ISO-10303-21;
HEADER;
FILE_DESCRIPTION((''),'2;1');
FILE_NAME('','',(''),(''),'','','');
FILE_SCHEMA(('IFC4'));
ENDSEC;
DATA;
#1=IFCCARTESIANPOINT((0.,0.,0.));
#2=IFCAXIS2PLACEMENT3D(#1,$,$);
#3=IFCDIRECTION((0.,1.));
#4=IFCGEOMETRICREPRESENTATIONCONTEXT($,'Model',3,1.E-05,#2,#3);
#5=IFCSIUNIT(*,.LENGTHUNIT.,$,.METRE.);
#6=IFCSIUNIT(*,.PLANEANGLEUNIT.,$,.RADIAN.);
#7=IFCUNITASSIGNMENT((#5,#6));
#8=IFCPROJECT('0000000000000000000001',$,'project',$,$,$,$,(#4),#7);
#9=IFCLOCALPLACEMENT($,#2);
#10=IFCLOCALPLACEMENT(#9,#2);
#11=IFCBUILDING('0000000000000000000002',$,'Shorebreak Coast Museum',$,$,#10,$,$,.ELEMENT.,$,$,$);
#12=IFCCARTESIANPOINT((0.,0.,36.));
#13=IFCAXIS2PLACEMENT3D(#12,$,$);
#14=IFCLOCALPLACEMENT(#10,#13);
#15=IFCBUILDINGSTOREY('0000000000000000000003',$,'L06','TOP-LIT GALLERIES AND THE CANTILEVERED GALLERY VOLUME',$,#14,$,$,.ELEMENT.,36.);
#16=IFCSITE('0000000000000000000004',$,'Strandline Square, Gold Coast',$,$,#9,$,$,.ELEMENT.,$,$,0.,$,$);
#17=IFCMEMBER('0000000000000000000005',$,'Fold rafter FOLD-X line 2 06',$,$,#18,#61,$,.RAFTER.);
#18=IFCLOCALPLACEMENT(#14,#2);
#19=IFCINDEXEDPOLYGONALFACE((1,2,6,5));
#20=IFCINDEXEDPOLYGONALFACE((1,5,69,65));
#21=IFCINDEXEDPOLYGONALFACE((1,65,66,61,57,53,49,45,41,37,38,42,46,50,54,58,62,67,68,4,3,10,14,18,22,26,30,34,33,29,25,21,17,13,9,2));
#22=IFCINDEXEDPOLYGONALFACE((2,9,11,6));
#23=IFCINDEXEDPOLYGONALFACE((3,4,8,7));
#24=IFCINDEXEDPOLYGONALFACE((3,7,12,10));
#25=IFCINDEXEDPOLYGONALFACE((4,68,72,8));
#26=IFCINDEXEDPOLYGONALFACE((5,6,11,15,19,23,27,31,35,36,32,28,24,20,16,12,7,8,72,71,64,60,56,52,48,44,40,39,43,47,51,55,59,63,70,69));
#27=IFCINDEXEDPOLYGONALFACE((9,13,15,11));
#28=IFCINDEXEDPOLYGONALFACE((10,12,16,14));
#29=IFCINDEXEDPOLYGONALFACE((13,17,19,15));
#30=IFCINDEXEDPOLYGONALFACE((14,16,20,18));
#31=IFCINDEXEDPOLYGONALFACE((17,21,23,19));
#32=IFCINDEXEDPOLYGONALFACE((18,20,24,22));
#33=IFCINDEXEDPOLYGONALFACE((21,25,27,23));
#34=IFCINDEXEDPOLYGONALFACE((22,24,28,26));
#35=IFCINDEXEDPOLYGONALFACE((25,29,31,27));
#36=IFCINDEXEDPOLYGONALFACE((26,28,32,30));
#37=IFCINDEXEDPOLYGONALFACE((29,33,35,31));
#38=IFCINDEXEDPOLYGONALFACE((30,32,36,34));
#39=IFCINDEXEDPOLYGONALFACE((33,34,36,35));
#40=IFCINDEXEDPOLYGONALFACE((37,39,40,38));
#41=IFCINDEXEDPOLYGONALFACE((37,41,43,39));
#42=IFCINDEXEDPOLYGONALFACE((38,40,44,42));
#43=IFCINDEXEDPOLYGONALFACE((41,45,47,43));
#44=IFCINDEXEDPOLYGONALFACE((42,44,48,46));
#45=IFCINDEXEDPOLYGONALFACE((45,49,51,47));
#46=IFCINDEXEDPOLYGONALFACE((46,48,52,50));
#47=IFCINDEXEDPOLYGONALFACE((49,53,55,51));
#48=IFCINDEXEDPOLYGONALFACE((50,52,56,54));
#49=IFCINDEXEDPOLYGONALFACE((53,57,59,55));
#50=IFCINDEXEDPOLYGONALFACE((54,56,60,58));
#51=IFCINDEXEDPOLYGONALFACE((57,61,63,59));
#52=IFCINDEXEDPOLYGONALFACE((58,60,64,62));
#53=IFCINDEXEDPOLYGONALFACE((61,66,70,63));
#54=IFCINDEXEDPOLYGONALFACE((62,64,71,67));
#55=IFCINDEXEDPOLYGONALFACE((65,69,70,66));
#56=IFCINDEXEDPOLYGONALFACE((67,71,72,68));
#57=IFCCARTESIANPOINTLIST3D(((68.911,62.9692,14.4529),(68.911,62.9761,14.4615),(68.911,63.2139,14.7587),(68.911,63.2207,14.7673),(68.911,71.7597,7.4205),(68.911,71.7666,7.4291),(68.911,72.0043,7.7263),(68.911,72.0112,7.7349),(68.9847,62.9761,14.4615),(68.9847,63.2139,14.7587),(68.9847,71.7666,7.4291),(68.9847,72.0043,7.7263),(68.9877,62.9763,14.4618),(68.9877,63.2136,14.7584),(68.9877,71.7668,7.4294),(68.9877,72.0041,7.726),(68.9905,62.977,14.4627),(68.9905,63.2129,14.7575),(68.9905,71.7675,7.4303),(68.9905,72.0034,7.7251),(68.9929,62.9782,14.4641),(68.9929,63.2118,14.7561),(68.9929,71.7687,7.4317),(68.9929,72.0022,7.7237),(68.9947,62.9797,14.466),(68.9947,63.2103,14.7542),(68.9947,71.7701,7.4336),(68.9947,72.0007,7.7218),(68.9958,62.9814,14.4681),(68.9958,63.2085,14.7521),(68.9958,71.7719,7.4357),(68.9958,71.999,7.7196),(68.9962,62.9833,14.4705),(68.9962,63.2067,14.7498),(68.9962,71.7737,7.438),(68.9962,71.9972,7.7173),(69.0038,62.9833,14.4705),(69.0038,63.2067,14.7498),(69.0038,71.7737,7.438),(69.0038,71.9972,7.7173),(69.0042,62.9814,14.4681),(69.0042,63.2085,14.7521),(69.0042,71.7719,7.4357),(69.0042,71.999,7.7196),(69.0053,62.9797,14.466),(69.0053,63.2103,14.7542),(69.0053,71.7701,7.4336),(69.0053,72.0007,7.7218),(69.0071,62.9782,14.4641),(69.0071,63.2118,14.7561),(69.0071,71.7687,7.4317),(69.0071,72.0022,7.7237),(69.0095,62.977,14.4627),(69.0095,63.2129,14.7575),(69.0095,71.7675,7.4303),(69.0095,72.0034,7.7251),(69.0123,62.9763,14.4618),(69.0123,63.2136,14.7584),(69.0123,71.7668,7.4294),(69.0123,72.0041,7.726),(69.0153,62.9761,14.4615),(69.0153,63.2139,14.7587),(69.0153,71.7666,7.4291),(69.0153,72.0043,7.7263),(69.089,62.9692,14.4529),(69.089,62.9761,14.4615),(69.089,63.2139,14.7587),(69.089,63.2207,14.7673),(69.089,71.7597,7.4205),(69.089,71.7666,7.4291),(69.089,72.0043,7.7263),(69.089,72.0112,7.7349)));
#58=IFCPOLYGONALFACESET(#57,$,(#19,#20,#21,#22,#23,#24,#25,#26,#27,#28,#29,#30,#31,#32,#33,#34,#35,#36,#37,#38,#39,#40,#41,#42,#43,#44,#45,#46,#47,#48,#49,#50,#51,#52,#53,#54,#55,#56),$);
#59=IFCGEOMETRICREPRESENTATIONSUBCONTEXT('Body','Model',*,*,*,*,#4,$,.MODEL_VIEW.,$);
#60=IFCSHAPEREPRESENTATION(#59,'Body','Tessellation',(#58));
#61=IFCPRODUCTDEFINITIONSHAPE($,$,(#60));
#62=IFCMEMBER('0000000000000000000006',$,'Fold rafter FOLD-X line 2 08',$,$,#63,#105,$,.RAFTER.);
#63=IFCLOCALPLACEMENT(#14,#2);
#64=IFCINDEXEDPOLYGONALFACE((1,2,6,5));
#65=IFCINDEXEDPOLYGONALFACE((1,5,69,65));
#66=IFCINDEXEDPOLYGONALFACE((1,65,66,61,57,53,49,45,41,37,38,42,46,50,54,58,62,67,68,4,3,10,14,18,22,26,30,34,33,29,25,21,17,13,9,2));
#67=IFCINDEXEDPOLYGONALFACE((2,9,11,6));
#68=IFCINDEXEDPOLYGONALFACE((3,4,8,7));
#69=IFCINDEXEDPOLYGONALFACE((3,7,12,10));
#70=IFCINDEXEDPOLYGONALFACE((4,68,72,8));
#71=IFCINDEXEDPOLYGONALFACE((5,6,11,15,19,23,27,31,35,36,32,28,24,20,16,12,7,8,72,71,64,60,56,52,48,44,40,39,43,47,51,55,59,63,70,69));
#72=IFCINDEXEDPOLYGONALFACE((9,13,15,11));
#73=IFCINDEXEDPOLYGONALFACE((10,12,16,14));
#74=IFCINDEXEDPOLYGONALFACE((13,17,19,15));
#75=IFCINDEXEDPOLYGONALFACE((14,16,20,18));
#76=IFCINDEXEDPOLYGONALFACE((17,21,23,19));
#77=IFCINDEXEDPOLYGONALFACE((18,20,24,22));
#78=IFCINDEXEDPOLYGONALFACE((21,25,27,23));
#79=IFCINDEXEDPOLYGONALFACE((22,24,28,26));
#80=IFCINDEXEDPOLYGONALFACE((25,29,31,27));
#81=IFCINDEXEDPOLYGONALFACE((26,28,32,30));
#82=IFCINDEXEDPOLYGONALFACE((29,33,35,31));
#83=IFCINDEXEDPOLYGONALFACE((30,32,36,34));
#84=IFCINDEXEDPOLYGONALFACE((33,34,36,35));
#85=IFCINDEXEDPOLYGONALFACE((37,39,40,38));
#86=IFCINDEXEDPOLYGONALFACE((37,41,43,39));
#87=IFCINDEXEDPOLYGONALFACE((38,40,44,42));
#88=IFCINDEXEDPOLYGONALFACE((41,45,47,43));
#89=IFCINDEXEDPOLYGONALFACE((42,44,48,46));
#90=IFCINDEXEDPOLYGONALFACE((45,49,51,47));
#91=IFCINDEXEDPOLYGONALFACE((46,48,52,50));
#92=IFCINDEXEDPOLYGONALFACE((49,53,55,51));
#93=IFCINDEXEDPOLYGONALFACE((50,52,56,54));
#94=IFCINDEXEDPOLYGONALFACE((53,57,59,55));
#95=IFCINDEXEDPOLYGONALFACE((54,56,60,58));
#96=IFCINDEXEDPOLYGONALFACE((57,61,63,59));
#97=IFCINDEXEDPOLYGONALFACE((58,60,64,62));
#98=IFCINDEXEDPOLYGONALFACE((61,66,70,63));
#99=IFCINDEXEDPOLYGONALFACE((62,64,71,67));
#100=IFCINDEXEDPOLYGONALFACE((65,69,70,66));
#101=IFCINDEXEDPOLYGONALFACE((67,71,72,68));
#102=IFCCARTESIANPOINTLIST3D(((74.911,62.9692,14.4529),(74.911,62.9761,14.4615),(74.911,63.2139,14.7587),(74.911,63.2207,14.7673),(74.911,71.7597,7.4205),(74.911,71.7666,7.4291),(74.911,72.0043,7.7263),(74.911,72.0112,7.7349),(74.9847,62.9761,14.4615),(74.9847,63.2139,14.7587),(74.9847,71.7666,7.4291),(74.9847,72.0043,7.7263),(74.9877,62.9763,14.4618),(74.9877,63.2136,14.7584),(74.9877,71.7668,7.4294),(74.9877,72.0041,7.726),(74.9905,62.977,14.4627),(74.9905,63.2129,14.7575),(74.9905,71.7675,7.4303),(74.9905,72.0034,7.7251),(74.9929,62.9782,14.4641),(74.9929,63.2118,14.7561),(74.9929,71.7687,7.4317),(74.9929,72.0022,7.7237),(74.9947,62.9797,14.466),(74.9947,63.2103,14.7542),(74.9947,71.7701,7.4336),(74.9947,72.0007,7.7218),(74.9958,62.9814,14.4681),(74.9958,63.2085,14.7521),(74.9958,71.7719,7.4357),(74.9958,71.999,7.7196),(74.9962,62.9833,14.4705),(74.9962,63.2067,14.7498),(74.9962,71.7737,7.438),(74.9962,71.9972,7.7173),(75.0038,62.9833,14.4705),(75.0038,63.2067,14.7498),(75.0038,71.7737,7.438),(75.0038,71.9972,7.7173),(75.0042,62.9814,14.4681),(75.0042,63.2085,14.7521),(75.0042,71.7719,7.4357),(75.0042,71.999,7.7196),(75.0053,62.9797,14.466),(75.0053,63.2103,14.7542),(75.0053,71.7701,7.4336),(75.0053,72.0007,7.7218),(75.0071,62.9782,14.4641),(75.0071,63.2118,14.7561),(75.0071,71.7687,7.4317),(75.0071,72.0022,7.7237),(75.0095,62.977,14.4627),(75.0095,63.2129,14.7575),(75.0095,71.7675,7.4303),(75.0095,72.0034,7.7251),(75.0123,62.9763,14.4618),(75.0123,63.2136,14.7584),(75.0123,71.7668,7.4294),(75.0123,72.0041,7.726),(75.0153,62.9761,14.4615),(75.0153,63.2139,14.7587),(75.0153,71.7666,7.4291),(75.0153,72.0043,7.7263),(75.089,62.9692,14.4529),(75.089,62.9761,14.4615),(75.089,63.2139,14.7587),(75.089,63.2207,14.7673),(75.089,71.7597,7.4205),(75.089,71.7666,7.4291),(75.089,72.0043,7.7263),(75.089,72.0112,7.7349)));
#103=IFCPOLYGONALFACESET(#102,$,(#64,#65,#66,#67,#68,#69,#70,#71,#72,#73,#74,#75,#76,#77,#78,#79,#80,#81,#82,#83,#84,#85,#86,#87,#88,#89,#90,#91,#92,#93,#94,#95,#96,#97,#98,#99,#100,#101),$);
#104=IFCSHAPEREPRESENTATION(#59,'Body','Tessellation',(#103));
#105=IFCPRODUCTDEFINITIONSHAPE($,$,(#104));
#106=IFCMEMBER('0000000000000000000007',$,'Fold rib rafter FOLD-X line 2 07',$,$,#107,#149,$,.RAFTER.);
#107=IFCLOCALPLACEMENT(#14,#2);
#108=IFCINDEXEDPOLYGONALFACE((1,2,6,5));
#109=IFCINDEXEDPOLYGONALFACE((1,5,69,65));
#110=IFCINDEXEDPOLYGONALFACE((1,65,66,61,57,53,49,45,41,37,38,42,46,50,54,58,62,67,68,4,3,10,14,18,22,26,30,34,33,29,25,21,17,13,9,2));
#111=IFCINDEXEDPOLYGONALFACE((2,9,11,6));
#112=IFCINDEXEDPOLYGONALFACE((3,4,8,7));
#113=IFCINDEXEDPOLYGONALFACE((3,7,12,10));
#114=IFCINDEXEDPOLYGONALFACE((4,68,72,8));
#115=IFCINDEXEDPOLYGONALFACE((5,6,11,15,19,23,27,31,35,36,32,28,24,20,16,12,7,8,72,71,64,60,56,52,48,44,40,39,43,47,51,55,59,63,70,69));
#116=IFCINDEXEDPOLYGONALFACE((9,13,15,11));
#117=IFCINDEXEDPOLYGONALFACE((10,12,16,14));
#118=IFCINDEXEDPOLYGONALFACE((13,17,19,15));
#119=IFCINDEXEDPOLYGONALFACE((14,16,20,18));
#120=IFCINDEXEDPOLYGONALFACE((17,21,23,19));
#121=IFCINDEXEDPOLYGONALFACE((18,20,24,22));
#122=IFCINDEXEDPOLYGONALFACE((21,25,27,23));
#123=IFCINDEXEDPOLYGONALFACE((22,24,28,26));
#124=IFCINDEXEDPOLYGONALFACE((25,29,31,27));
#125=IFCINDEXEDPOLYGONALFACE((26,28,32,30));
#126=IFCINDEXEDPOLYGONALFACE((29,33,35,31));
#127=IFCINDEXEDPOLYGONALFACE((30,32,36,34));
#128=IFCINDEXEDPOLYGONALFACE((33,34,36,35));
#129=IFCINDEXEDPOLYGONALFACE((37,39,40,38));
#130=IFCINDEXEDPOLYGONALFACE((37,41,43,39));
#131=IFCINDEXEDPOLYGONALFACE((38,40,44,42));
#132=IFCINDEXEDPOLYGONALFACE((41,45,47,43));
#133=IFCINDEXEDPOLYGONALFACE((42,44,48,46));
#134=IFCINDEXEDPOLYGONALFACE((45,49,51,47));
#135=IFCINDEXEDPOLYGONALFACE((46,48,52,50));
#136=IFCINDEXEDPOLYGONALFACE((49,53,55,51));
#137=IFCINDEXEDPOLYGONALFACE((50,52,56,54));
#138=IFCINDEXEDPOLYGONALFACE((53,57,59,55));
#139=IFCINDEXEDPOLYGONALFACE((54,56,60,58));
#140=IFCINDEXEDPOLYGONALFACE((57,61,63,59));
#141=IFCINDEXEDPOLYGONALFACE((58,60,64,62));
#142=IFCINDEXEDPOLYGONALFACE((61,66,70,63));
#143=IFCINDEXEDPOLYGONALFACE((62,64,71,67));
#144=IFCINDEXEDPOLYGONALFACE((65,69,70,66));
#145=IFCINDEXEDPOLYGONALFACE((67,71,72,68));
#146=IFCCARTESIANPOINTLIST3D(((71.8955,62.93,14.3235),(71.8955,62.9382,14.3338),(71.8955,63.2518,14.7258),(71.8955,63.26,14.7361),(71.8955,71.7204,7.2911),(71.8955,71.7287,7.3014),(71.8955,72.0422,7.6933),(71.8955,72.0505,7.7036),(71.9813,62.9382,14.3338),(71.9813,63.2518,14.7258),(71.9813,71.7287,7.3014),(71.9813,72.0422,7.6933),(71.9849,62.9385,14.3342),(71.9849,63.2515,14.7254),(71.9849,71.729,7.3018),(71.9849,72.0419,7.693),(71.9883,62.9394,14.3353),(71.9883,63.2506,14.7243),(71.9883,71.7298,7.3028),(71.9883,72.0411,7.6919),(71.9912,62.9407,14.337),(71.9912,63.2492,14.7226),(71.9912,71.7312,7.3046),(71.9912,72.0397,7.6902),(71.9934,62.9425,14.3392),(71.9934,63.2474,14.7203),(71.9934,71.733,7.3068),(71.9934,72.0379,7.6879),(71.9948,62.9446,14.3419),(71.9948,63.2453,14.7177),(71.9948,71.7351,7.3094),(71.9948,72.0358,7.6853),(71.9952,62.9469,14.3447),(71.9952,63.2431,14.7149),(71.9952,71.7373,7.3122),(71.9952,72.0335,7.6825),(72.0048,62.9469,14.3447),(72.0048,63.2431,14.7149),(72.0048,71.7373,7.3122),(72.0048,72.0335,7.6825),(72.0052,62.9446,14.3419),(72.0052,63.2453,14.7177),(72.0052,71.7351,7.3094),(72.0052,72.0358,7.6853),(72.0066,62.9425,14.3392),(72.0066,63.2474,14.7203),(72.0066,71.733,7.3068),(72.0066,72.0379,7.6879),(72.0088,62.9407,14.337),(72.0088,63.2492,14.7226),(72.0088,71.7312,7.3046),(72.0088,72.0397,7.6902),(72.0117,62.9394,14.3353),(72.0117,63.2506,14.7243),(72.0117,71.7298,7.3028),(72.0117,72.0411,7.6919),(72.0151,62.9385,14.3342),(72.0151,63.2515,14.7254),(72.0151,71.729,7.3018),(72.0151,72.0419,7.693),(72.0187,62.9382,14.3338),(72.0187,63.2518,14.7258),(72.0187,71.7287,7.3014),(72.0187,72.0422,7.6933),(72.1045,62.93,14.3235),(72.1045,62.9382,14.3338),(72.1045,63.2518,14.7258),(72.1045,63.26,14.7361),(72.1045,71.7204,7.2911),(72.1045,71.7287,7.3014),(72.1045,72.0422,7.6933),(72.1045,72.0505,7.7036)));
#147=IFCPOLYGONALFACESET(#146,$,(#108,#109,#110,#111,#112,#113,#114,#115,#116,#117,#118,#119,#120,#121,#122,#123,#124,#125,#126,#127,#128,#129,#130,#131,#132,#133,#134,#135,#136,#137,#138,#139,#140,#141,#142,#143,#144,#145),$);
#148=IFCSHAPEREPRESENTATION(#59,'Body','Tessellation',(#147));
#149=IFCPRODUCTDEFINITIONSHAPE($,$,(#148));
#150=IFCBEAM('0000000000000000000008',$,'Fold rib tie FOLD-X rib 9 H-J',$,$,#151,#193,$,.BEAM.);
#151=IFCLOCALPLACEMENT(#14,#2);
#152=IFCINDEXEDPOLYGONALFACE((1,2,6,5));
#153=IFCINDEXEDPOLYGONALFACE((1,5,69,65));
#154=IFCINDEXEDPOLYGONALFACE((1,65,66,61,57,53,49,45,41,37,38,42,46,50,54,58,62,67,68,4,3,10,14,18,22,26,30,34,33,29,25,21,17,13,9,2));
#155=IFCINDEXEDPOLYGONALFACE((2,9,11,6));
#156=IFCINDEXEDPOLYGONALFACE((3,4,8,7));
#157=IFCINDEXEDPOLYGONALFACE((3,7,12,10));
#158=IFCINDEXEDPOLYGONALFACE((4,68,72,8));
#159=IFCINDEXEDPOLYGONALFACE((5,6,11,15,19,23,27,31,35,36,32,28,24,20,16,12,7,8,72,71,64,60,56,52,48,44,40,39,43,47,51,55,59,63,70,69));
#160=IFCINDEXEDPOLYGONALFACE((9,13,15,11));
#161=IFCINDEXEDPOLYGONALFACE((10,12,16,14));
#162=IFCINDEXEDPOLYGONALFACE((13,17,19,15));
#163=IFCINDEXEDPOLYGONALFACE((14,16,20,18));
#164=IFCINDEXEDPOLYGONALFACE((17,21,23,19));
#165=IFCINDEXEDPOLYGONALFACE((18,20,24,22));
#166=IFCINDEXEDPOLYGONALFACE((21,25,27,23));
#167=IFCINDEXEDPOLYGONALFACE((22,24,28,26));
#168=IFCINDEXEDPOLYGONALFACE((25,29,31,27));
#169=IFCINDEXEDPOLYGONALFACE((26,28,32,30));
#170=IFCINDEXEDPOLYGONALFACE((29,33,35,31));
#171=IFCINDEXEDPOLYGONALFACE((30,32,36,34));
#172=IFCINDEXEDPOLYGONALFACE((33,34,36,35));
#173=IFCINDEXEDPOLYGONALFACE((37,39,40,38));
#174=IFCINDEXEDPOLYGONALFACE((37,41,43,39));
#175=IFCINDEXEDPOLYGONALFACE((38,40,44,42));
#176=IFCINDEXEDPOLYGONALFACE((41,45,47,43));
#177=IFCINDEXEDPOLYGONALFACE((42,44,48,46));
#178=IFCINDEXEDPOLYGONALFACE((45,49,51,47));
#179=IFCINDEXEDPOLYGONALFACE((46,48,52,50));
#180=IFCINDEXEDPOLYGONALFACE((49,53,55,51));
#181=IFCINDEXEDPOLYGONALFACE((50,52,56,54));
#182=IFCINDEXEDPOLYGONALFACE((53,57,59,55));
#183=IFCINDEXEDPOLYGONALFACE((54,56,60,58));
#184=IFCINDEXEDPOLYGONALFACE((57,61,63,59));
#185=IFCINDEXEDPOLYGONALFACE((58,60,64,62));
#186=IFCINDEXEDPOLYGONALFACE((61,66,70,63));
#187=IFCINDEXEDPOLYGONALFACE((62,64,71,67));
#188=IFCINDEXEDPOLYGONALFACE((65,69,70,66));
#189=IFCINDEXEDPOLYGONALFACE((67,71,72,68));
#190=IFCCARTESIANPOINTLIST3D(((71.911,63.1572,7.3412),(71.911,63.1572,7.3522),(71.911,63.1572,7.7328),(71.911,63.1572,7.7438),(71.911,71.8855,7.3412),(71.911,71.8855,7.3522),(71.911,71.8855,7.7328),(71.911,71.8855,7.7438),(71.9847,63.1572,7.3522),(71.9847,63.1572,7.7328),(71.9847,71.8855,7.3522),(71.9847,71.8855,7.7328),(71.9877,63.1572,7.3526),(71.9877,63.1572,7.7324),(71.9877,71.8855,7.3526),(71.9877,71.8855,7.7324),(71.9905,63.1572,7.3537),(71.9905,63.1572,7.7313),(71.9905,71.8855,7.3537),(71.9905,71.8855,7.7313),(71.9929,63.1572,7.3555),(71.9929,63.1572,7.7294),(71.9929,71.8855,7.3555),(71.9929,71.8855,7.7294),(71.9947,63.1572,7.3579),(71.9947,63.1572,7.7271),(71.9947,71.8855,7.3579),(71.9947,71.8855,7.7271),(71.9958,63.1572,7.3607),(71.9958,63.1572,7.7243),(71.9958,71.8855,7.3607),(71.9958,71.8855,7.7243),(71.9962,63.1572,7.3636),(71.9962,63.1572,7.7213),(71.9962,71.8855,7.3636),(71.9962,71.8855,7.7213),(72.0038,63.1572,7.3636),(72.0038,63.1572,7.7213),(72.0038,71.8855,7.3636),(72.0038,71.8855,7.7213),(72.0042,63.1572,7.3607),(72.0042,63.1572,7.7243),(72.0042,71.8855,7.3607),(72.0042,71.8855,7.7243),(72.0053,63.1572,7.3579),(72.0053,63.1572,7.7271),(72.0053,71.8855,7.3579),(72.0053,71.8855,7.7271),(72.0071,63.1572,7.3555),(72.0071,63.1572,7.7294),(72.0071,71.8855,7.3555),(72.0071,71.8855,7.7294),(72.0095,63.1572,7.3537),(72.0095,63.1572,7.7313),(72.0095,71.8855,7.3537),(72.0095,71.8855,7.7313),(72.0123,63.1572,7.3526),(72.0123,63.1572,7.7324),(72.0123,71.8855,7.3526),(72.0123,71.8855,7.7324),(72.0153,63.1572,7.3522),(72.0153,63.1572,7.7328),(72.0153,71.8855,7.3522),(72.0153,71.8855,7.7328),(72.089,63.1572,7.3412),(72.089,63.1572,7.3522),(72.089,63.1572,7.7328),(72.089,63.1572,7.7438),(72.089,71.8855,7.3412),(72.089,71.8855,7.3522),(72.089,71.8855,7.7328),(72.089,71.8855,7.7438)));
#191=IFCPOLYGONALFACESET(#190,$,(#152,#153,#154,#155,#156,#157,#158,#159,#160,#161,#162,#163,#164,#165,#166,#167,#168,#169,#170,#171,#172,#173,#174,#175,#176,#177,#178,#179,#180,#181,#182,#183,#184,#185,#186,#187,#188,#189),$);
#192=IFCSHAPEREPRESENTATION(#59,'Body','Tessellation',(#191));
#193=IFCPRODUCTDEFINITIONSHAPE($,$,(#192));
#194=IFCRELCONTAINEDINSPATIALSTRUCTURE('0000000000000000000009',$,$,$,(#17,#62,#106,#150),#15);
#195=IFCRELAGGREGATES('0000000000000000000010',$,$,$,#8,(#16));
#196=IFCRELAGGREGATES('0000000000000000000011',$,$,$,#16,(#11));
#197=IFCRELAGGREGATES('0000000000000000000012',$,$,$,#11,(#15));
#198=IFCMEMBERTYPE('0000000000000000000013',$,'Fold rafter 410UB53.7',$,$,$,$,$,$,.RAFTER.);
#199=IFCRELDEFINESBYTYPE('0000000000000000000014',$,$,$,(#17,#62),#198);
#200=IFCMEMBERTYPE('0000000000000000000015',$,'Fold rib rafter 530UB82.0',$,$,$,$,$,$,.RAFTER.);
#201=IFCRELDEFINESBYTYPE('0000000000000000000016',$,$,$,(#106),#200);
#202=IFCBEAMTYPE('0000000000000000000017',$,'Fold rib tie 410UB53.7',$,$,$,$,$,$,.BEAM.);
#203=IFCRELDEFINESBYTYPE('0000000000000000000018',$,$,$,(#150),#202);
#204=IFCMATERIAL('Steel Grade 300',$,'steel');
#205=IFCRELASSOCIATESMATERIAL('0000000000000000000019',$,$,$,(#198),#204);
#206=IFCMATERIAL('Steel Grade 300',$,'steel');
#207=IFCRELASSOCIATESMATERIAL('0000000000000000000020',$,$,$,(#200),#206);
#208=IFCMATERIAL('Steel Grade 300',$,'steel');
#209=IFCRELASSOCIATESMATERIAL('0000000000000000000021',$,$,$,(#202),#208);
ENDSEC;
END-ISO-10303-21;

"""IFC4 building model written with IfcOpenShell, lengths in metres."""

from ifc_helpers import new_model, si_unit, direction, frame, origin, origin_2d, place, context, subcontext, project, spatial, i_section, extrude, material, material_profile, profile_set, type_object, element, save


model = new_model("IFC4")

# Units and contexts
model_context = context("Model", 3, precision=1e-05, world=origin(), true_north=direction((0.0, 1.0)))
body_context = subcontext(model_context, "Body", "Model", "MODEL_VIEW")
ifc_project = project(units=[si_unit("LENGTHUNIT", "METRE"), si_unit("PLANEANGLEUNIT", "RADIAN")], contexts=[model_context])

# Site, building, storey
site_placement = place(None, origin())
site = spatial("IfcSite", under=ifc_project, at=site_placement, Name="Strandline Square, Gold Coast", CompositionType="ELEMENT", RefElevation=0.0)
building_placement = place(site_placement, origin())
building = spatial("IfcBuilding", under=site, at=building_placement, Name="Shorebreak Coast Museum", CompositionType="ELEMENT")
storey_placement = place(building_placement, frame((0.0, 0.0, 36.0)))
storey = spatial("IfcBuildingStorey", under=building, at=storey_placement, Name="L06", Description="TOP-LIT GALLERIES AND THE CANTILEVERED GALLERY VOLUME", CompositionType="ELEMENT", Elevation=36.0)

# Members
ifc_material_1 = material(Name="Steel Grade 300", Category="steel")
ifc_material_profile_1 = material_profile(ifc_material_1, i_section(OverallWidth=0.178, OverallDepth=0.4026, WebThickness=0.0076, FlangeThickness=0.011, FilletRadius=0.0115, at=origin_2d()), Name="410UB53.7")
ifc_profile_set_1 = profile_set([ifc_material_profile_1], Name="Steel Grade 300")
member_type_1 = type_object("IfcMemberType", Name="Fold rafter 410UB53.7", PredefinedType="RAFTER", material=ifc_profile_set_1)
for number, where, z_axis, x_axis, name in (
    (1, (69.0, 63.095, 14.6101), (0.0, 0.780867, -0.624698), (-1.0, 0.0, 0.0), "Fold rafter FOLD-X line 2 06"),
    (2, (75.0, 63.095, 14.6101), (0.0, 0.780867, -0.624698), (-1.0, 0.0, 0.0), "Fold rafter FOLD-X line 2 08"),
):
    element("IfcMember", number, at=place(storey_placement, frame(where, z_axis=z_axis, x_axis=x_axis)), inside=storey, type_object=member_type_1, Name=name, PredefinedType="RAFTER", context=body_context, shape_type="SweptSolid", body=[
        extrude(i_section(OverallWidth=0.178, OverallDepth=0.4026, WebThickness=0.0076, FlangeThickness=0.011, FilletRadius=0.0115, at=origin_2d()), origin(), (0.0, 0.0, 1.0), 11.2573),
    ])
ifc_material_2 = material(Name="Steel Grade 300", Category="steel")
ifc_material_profile_2 = material_profile(ifc_material_2, i_section(OverallWidth=0.209, OverallDepth=0.5283, WebThickness=0.0095, FlangeThickness=0.0132, FilletRadius=0.0139, at=origin_2d()), Name="530UB82.0")
ifc_profile_set_2 = profile_set([ifc_material_profile_2], Name="Steel Grade 300")
member_type_2 = type_object("IfcMemberType", Name="Fold rib rafter 530UB82.0", PredefinedType="RAFTER", material=ifc_profile_set_2)
member_1_placement = place(storey_placement, frame((72.0, 63.095, 14.5298), z_axis=(0.0, 0.780867, -0.624698), x_axis=(-1.0, 0.0, 0.0)))
element("IfcMember", 3, at=member_1_placement, inside=storey, type_object=member_type_2, Name="Fold rib rafter FOLD-X line 2 07", PredefinedType="RAFTER", context=body_context, shape_type="SweptSolid", body=[
    extrude(i_section(OverallWidth=0.209, OverallDepth=0.5283, WebThickness=0.0095, FlangeThickness=0.0132, FilletRadius=0.0139, at=origin_2d()), origin(), (0.0, 0.0, 1.0), 11.2573),
])

# Beam
ifc_material_3 = material(Name="Steel Grade 300", Category="steel")
ifc_material_profile_3 = material_profile(ifc_material_3, i_section(OverallWidth=0.178, OverallDepth=0.4026, WebThickness=0.0076, FlangeThickness=0.011, FilletRadius=0.0115, at=origin_2d()), Name="410UB53.7")
ifc_profile_set_3 = profile_set([ifc_material_profile_3], Name="Steel Grade 300")
beam_type_1 = type_object("IfcBeamType", Name="Fold rib tie 410UB53.7", PredefinedType="BEAM", material=ifc_profile_set_3)
beam_1_placement = place(storey_placement, frame((72.0, 63.1572, 7.5425), z_axis=(0.0, 1.0, 0.0), x_axis=(-1.0, 0.0, 0.0)))
element("IfcBeam", 4, at=beam_1_placement, inside=storey, type_object=beam_type_1, Name="Fold rib tie FOLD-X rib 9 H-J", PredefinedType="BEAM", context=body_context, shape_type="SweptSolid", body=[
    extrude(i_section(OverallWidth=0.178, OverallDepth=0.4026, WebThickness=0.0076, FlangeThickness=0.011, FilletRadius=0.0115, at=origin_2d()), origin(), (0.0, 0.0, 1.0), 8.7283),
])

save(model, "model.ifc")
